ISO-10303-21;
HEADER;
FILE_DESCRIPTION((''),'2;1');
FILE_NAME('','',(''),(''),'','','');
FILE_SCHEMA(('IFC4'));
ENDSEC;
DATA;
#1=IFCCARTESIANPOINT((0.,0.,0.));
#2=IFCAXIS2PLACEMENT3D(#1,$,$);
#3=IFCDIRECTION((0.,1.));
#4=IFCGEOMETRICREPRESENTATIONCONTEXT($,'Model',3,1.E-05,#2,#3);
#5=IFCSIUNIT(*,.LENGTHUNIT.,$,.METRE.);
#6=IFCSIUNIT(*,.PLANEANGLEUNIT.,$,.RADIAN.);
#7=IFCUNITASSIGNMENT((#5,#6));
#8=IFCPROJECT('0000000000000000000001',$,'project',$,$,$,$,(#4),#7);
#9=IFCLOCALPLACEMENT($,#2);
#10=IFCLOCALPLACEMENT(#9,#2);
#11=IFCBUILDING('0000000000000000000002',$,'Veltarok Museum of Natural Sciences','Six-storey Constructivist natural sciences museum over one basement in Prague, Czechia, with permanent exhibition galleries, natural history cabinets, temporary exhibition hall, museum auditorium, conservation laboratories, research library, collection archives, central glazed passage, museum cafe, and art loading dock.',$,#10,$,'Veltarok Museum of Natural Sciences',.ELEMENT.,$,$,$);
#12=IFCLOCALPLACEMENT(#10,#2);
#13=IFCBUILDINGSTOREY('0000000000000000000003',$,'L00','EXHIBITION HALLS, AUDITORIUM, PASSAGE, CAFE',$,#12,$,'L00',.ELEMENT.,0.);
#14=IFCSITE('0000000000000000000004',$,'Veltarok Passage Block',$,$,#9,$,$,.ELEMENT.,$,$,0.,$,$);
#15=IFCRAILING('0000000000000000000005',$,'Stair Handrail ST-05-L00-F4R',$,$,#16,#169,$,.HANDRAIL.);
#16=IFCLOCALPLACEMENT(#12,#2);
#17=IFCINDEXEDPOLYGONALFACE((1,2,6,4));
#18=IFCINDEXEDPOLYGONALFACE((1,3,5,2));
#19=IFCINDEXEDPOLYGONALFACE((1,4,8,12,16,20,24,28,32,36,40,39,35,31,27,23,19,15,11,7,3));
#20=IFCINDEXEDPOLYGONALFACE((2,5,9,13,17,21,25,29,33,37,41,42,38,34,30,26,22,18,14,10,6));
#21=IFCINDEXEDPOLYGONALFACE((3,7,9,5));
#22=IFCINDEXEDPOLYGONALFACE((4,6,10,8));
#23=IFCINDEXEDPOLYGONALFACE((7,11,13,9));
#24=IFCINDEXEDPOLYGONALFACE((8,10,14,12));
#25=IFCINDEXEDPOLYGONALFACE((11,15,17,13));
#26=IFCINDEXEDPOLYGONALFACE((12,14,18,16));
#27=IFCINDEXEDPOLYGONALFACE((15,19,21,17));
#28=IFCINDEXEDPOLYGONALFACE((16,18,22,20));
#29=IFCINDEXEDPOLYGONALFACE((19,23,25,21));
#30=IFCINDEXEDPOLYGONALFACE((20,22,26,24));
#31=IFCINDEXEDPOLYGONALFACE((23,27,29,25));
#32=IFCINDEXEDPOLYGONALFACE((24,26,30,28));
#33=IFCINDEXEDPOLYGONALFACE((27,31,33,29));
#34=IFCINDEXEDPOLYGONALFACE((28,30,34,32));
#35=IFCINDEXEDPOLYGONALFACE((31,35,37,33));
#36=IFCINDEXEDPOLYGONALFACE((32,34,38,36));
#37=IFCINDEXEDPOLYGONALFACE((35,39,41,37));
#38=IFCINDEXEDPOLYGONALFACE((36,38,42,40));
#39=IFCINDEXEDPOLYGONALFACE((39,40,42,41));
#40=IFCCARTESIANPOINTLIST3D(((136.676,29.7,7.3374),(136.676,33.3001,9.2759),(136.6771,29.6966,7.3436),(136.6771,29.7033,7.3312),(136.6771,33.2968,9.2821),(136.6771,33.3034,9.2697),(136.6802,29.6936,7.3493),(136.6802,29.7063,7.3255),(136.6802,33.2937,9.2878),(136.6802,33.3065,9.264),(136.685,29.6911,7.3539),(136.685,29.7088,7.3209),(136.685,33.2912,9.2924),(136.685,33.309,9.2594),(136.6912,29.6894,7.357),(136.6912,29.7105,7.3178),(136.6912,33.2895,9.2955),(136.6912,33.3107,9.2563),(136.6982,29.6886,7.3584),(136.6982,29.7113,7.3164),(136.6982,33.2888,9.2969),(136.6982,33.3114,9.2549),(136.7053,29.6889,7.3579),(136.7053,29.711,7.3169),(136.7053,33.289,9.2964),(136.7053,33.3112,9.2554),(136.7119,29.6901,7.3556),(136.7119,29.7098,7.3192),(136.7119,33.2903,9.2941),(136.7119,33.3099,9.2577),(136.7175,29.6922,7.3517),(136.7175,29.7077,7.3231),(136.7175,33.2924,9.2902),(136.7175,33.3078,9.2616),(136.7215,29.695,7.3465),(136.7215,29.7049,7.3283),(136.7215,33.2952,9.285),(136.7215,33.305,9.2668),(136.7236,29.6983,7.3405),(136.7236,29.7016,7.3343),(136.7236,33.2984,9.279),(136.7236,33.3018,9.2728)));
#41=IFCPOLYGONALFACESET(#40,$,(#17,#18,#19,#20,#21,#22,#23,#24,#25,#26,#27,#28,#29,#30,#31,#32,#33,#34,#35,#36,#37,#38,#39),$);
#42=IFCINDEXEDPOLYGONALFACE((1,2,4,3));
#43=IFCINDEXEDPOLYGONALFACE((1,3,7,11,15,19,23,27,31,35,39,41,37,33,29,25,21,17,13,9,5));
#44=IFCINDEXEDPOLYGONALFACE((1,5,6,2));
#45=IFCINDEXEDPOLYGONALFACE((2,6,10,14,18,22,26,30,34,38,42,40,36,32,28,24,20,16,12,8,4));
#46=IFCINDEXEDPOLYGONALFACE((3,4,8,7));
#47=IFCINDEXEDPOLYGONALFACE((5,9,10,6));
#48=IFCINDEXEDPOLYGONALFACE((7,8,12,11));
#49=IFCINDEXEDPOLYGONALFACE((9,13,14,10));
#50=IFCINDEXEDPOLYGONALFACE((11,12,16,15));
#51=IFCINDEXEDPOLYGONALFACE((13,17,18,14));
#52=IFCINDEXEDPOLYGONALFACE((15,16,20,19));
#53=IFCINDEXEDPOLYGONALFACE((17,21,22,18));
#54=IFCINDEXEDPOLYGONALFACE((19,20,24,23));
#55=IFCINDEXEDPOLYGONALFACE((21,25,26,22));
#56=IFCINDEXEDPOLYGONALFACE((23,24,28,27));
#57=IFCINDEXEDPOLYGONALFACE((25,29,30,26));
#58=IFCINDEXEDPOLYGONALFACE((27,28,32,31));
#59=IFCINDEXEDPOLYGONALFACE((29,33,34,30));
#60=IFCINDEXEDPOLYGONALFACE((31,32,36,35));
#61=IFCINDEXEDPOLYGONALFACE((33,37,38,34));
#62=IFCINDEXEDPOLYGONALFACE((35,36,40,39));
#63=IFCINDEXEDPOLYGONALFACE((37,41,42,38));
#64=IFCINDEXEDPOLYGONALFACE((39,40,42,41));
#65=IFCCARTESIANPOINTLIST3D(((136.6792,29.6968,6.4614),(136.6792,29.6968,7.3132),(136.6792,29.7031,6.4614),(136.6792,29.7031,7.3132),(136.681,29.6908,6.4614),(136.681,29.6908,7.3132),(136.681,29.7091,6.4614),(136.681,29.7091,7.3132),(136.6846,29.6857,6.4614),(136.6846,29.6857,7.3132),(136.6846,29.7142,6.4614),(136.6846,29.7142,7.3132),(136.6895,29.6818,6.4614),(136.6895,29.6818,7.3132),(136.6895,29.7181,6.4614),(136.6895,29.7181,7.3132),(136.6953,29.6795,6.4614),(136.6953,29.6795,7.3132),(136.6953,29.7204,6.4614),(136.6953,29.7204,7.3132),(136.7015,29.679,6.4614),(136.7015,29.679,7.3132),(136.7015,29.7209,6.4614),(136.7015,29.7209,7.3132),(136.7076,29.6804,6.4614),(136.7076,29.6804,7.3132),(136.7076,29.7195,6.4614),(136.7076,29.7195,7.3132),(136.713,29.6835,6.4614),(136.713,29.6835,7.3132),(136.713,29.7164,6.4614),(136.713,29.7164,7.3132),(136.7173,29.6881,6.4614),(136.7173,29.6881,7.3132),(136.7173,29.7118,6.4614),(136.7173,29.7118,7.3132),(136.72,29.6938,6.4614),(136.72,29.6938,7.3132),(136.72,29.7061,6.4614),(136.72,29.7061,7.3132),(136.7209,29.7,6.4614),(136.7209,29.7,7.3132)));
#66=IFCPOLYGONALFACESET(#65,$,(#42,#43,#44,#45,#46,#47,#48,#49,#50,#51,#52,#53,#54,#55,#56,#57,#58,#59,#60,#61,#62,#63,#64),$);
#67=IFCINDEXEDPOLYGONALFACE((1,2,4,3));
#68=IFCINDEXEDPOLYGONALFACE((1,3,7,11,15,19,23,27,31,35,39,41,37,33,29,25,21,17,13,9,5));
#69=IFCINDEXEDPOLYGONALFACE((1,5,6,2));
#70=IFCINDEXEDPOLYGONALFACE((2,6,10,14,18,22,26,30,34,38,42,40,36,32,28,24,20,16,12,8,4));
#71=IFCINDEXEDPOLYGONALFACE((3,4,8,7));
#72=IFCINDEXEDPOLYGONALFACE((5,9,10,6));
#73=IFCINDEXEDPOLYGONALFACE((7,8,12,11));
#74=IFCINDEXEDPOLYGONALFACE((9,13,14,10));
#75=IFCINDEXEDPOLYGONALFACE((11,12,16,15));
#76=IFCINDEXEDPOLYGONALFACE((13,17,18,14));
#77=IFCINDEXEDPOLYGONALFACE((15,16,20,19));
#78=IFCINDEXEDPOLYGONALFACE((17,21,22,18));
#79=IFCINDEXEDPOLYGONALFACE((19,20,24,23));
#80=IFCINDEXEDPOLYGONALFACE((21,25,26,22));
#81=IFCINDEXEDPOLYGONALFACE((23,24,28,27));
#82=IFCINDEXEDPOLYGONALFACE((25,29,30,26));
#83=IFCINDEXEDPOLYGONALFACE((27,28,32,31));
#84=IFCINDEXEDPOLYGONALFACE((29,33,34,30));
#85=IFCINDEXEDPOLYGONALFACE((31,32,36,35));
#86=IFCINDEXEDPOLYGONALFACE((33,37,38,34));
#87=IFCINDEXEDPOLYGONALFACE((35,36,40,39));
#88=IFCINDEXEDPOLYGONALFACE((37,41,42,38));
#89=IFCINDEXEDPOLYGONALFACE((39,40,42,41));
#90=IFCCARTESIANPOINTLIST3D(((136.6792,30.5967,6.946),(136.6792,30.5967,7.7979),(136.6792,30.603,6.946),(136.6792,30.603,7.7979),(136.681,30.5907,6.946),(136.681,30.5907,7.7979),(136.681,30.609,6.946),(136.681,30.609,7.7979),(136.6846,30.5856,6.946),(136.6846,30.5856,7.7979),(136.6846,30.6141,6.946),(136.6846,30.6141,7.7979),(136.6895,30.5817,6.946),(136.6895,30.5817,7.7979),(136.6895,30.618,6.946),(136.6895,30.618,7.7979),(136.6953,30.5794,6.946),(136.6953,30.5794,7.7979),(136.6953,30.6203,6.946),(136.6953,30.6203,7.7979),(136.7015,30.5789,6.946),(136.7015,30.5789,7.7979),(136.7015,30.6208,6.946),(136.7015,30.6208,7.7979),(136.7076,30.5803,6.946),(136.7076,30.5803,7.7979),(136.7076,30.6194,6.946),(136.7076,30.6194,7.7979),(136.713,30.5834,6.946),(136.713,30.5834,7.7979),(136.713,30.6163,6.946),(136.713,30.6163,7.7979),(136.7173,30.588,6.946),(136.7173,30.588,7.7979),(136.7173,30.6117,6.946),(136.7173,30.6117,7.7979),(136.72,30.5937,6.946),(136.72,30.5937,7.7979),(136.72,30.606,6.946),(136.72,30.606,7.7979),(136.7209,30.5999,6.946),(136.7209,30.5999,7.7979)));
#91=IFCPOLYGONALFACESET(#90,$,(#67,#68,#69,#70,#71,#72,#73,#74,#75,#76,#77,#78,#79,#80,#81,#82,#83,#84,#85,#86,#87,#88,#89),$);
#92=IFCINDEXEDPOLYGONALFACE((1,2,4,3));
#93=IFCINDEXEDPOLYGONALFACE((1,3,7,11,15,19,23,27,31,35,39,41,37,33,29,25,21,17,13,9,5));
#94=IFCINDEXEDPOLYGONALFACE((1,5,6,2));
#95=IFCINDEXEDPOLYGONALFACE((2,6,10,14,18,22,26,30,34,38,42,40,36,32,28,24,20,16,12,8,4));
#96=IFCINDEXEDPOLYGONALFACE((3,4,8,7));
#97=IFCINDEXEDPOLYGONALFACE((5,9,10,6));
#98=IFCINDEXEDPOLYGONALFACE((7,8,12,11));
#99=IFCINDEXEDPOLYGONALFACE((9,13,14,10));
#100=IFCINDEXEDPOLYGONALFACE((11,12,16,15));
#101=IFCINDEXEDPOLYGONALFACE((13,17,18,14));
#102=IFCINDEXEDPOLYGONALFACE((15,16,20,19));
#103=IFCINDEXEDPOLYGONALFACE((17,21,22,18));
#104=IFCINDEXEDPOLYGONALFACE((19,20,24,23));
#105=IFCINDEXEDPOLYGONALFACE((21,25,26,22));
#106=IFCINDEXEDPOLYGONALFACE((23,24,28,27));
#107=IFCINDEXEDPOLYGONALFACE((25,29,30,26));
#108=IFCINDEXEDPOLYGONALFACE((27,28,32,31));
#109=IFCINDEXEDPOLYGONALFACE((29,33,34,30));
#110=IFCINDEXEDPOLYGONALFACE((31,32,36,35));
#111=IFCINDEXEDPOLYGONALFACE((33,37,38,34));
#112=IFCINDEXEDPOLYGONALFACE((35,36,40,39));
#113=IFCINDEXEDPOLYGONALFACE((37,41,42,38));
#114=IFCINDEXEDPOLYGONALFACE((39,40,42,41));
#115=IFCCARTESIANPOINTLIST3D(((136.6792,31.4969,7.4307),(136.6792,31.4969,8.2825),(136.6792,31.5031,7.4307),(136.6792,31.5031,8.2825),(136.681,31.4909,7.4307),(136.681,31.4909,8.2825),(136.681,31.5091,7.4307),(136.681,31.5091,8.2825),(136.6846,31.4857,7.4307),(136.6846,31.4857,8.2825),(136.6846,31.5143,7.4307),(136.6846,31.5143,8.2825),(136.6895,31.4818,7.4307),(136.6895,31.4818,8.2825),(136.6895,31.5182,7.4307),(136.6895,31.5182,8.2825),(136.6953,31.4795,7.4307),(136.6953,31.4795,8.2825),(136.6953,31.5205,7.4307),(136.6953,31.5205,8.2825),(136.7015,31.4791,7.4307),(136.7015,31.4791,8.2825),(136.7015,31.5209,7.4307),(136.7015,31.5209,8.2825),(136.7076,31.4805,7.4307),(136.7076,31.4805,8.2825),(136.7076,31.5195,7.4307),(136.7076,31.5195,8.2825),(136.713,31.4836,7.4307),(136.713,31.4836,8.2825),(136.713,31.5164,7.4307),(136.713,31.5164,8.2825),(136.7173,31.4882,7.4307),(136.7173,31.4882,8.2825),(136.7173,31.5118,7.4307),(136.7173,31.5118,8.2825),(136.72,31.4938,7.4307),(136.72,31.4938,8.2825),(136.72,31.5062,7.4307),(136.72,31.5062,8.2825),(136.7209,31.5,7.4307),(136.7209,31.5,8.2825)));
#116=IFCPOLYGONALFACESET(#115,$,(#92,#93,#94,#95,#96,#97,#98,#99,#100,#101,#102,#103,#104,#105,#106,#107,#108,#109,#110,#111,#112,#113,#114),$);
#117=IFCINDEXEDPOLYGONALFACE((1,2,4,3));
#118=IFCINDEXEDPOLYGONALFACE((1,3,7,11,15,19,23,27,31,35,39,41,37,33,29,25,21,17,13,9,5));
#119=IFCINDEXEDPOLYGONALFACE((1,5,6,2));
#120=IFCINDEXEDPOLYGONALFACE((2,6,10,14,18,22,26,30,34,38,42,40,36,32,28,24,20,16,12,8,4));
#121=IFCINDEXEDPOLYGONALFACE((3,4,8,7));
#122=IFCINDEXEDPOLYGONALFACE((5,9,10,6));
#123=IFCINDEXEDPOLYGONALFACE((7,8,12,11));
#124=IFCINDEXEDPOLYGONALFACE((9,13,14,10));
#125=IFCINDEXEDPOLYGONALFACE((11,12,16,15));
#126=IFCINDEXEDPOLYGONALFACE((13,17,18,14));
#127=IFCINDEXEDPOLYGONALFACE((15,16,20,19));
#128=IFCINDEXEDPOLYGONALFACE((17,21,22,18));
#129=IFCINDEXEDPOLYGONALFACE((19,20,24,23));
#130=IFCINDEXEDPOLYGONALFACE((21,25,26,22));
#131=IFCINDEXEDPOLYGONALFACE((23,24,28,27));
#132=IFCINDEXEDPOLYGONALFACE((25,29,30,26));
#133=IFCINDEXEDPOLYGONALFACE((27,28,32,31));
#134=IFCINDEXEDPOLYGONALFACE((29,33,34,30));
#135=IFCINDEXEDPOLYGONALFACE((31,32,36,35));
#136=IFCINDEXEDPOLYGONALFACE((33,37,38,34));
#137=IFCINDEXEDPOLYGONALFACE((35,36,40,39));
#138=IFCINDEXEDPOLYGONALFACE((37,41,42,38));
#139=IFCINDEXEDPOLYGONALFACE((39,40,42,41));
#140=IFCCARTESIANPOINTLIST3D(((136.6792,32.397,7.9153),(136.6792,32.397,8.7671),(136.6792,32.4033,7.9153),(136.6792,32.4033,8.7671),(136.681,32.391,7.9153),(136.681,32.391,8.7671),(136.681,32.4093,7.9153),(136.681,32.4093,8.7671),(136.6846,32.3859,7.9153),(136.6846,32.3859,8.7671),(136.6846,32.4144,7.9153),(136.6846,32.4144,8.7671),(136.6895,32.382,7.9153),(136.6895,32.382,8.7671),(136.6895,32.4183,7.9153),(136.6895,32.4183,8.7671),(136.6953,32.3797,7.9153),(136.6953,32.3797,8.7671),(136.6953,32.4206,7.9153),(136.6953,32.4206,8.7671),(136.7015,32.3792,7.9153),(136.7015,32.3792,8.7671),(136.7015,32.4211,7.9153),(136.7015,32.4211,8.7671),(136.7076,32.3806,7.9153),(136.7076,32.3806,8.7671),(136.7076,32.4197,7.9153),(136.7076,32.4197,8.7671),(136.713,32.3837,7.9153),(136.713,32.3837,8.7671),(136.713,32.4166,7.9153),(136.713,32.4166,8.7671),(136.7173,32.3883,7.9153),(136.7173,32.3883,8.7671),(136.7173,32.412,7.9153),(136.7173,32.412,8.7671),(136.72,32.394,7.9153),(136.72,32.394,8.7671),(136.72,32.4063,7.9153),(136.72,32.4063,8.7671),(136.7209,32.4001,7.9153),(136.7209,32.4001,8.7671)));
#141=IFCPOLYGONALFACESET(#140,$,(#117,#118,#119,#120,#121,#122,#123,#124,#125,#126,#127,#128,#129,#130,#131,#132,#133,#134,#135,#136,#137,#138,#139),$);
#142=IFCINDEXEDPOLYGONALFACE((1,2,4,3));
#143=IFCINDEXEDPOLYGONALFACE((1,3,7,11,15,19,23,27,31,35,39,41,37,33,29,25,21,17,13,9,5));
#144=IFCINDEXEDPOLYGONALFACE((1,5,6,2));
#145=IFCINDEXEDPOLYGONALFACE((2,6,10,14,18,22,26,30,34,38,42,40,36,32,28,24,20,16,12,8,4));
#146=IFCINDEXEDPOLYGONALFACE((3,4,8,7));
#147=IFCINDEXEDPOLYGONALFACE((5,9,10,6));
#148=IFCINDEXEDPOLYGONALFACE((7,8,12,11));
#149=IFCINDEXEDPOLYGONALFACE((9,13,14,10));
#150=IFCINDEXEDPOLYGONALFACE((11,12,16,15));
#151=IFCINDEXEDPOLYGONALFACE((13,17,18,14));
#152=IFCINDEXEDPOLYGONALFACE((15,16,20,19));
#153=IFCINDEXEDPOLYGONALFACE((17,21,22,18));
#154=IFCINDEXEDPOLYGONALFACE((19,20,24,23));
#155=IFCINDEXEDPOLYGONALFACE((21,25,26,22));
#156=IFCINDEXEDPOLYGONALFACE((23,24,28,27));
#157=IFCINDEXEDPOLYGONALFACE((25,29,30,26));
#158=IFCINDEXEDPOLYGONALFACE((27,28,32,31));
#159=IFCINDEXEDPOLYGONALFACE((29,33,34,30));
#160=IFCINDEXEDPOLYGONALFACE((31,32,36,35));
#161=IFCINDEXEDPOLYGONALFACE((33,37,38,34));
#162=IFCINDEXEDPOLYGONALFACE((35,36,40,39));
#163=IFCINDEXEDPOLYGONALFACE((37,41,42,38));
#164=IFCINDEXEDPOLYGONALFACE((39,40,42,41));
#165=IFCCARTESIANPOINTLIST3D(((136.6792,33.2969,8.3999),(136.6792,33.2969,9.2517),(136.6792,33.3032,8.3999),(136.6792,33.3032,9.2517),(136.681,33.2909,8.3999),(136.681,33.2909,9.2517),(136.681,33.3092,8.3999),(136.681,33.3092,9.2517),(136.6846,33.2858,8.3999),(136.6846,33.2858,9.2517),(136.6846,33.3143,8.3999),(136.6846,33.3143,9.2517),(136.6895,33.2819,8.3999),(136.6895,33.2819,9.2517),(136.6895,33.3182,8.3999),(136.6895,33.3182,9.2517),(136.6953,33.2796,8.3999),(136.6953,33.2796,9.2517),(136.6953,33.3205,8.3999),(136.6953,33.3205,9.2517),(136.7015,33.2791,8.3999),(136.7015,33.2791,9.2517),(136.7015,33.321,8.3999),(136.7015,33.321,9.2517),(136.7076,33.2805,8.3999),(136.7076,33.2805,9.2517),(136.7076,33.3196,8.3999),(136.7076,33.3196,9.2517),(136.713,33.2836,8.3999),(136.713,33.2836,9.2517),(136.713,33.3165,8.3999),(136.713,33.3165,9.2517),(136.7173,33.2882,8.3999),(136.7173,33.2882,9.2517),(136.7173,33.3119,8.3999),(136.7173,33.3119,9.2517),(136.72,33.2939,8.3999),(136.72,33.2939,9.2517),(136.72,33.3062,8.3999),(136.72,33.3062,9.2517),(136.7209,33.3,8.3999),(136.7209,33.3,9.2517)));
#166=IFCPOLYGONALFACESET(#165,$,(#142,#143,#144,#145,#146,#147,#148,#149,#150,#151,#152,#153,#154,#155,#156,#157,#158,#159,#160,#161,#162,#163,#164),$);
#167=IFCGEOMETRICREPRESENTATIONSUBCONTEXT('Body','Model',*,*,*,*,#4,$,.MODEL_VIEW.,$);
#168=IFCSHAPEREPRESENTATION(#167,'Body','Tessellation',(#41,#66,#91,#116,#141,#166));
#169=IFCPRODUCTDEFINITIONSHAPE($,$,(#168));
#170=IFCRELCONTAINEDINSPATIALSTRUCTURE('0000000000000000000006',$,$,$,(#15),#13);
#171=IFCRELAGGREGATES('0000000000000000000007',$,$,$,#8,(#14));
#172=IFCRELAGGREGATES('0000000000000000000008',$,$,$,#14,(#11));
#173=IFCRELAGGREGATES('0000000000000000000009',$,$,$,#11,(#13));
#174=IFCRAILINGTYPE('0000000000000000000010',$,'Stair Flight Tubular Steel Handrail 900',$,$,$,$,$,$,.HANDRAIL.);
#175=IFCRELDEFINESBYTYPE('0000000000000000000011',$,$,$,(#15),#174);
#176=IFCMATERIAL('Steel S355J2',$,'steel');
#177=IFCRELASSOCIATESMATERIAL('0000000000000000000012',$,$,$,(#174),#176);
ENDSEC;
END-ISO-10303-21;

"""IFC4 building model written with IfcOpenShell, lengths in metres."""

from ifc_helpers import new_model, si_unit, direction, frame, origin, origin_2d, place, context, subcontext, project, spatial, circle, extrude, material, type_object, element, save


model = new_model("IFC4")

# Units and contexts
model_context = context("Model", 3, precision=1e-05, world=origin(), true_north=direction((0.0, 1.0)))
body_context = subcontext(model_context, "Body", "Model", "MODEL_VIEW")
ifc_project = project(units=[si_unit("LENGTHUNIT", "METRE"), si_unit("PLANEANGLEUNIT", "RADIAN")], contexts=[model_context])

# Site, building, storey
site_placement = place(None, origin())
site = spatial("IfcSite", under=ifc_project, at=site_placement, Name="Veltarok Passage Block", CompositionType="ELEMENT", RefElevation=0.0)
building_placement = place(site_placement, origin())
building = spatial("IfcBuilding", under=site, at=building_placement, Name="Veltarok Museum of Natural Sciences", Description="Six-storey Constructivist natural sciences museum over one basement in Prague, Czechia, with permanent exhibition galleries, natural history cabinets, temporary exhibition hall, museum auditorium, conservation laboratories, research library, collection archives, central glazed passage, museum cafe, and art loading dock.", LongName="Veltarok Museum of Natural Sciences", CompositionType="ELEMENT")
storey_placement = place(building_placement, origin())
storey = spatial("IfcBuildingStorey", under=building, at=storey_placement, Name="L00", Description="EXHIBITION HALLS, AUDITORIUM, PASSAGE, CAFE", LongName="L00", CompositionType="ELEMENT", Elevation=0.0)

# Shared definitions
ifc_material_1 = material(Name="Steel S355J2", Category="steel")

# Railing
railing_type_1 = type_object("IfcRailingType", Name="Stair Flight Tubular Steel Handrail 900", PredefinedType="HANDRAIL", material=ifc_material_1)
for number, where, name in (
    (1, (136.7, 29.7, 6.4614), "Stair Handrail ST-05-L00-F4R"),
):
    element("IfcRailing", number, at=place(storey_placement, frame(where)), inside=storey, type_object=railing_type_1, Name=name, PredefinedType="HANDRAIL", context=body_context, shape_type="SweptSolid", body=[
        extrude(circle(Radius=0.0239, at=origin_2d()), frame((0.0, 0.0, 0.876), z_axis=(0.0, 0.880475, 0.474093), x_axis=(-1.0, 0.0, 0.0)), (0.0, 0.0, 1.0), 4.0889),
        extrude(circle(Radius=0.021, at=origin_2d()), origin(), (0.0, 0.0, 1.0), 0.8518),
        extrude(circle(Radius=0.021, at=origin_2d()), frame((0.0, 0.8999, 0.4846)), (0.0, 0.0, 1.0), 0.8518),
        extrude(circle(Radius=0.021, at=origin_2d()), frame((0.0, 1.8, 0.9692)), (0.0, 0.0, 1.0), 0.8518),
        extrude(circle(Radius=0.021, at=origin_2d()), frame((0.0, 2.7002, 1.4539)), (0.0, 0.0, 1.0), 0.8518),
        extrude(circle(Radius=0.021, at=origin_2d()), frame((0.0, 3.6001, 1.9385)), (0.0, 0.0, 1.0), 0.8518),
    ])

save(model, "model.ifc")
